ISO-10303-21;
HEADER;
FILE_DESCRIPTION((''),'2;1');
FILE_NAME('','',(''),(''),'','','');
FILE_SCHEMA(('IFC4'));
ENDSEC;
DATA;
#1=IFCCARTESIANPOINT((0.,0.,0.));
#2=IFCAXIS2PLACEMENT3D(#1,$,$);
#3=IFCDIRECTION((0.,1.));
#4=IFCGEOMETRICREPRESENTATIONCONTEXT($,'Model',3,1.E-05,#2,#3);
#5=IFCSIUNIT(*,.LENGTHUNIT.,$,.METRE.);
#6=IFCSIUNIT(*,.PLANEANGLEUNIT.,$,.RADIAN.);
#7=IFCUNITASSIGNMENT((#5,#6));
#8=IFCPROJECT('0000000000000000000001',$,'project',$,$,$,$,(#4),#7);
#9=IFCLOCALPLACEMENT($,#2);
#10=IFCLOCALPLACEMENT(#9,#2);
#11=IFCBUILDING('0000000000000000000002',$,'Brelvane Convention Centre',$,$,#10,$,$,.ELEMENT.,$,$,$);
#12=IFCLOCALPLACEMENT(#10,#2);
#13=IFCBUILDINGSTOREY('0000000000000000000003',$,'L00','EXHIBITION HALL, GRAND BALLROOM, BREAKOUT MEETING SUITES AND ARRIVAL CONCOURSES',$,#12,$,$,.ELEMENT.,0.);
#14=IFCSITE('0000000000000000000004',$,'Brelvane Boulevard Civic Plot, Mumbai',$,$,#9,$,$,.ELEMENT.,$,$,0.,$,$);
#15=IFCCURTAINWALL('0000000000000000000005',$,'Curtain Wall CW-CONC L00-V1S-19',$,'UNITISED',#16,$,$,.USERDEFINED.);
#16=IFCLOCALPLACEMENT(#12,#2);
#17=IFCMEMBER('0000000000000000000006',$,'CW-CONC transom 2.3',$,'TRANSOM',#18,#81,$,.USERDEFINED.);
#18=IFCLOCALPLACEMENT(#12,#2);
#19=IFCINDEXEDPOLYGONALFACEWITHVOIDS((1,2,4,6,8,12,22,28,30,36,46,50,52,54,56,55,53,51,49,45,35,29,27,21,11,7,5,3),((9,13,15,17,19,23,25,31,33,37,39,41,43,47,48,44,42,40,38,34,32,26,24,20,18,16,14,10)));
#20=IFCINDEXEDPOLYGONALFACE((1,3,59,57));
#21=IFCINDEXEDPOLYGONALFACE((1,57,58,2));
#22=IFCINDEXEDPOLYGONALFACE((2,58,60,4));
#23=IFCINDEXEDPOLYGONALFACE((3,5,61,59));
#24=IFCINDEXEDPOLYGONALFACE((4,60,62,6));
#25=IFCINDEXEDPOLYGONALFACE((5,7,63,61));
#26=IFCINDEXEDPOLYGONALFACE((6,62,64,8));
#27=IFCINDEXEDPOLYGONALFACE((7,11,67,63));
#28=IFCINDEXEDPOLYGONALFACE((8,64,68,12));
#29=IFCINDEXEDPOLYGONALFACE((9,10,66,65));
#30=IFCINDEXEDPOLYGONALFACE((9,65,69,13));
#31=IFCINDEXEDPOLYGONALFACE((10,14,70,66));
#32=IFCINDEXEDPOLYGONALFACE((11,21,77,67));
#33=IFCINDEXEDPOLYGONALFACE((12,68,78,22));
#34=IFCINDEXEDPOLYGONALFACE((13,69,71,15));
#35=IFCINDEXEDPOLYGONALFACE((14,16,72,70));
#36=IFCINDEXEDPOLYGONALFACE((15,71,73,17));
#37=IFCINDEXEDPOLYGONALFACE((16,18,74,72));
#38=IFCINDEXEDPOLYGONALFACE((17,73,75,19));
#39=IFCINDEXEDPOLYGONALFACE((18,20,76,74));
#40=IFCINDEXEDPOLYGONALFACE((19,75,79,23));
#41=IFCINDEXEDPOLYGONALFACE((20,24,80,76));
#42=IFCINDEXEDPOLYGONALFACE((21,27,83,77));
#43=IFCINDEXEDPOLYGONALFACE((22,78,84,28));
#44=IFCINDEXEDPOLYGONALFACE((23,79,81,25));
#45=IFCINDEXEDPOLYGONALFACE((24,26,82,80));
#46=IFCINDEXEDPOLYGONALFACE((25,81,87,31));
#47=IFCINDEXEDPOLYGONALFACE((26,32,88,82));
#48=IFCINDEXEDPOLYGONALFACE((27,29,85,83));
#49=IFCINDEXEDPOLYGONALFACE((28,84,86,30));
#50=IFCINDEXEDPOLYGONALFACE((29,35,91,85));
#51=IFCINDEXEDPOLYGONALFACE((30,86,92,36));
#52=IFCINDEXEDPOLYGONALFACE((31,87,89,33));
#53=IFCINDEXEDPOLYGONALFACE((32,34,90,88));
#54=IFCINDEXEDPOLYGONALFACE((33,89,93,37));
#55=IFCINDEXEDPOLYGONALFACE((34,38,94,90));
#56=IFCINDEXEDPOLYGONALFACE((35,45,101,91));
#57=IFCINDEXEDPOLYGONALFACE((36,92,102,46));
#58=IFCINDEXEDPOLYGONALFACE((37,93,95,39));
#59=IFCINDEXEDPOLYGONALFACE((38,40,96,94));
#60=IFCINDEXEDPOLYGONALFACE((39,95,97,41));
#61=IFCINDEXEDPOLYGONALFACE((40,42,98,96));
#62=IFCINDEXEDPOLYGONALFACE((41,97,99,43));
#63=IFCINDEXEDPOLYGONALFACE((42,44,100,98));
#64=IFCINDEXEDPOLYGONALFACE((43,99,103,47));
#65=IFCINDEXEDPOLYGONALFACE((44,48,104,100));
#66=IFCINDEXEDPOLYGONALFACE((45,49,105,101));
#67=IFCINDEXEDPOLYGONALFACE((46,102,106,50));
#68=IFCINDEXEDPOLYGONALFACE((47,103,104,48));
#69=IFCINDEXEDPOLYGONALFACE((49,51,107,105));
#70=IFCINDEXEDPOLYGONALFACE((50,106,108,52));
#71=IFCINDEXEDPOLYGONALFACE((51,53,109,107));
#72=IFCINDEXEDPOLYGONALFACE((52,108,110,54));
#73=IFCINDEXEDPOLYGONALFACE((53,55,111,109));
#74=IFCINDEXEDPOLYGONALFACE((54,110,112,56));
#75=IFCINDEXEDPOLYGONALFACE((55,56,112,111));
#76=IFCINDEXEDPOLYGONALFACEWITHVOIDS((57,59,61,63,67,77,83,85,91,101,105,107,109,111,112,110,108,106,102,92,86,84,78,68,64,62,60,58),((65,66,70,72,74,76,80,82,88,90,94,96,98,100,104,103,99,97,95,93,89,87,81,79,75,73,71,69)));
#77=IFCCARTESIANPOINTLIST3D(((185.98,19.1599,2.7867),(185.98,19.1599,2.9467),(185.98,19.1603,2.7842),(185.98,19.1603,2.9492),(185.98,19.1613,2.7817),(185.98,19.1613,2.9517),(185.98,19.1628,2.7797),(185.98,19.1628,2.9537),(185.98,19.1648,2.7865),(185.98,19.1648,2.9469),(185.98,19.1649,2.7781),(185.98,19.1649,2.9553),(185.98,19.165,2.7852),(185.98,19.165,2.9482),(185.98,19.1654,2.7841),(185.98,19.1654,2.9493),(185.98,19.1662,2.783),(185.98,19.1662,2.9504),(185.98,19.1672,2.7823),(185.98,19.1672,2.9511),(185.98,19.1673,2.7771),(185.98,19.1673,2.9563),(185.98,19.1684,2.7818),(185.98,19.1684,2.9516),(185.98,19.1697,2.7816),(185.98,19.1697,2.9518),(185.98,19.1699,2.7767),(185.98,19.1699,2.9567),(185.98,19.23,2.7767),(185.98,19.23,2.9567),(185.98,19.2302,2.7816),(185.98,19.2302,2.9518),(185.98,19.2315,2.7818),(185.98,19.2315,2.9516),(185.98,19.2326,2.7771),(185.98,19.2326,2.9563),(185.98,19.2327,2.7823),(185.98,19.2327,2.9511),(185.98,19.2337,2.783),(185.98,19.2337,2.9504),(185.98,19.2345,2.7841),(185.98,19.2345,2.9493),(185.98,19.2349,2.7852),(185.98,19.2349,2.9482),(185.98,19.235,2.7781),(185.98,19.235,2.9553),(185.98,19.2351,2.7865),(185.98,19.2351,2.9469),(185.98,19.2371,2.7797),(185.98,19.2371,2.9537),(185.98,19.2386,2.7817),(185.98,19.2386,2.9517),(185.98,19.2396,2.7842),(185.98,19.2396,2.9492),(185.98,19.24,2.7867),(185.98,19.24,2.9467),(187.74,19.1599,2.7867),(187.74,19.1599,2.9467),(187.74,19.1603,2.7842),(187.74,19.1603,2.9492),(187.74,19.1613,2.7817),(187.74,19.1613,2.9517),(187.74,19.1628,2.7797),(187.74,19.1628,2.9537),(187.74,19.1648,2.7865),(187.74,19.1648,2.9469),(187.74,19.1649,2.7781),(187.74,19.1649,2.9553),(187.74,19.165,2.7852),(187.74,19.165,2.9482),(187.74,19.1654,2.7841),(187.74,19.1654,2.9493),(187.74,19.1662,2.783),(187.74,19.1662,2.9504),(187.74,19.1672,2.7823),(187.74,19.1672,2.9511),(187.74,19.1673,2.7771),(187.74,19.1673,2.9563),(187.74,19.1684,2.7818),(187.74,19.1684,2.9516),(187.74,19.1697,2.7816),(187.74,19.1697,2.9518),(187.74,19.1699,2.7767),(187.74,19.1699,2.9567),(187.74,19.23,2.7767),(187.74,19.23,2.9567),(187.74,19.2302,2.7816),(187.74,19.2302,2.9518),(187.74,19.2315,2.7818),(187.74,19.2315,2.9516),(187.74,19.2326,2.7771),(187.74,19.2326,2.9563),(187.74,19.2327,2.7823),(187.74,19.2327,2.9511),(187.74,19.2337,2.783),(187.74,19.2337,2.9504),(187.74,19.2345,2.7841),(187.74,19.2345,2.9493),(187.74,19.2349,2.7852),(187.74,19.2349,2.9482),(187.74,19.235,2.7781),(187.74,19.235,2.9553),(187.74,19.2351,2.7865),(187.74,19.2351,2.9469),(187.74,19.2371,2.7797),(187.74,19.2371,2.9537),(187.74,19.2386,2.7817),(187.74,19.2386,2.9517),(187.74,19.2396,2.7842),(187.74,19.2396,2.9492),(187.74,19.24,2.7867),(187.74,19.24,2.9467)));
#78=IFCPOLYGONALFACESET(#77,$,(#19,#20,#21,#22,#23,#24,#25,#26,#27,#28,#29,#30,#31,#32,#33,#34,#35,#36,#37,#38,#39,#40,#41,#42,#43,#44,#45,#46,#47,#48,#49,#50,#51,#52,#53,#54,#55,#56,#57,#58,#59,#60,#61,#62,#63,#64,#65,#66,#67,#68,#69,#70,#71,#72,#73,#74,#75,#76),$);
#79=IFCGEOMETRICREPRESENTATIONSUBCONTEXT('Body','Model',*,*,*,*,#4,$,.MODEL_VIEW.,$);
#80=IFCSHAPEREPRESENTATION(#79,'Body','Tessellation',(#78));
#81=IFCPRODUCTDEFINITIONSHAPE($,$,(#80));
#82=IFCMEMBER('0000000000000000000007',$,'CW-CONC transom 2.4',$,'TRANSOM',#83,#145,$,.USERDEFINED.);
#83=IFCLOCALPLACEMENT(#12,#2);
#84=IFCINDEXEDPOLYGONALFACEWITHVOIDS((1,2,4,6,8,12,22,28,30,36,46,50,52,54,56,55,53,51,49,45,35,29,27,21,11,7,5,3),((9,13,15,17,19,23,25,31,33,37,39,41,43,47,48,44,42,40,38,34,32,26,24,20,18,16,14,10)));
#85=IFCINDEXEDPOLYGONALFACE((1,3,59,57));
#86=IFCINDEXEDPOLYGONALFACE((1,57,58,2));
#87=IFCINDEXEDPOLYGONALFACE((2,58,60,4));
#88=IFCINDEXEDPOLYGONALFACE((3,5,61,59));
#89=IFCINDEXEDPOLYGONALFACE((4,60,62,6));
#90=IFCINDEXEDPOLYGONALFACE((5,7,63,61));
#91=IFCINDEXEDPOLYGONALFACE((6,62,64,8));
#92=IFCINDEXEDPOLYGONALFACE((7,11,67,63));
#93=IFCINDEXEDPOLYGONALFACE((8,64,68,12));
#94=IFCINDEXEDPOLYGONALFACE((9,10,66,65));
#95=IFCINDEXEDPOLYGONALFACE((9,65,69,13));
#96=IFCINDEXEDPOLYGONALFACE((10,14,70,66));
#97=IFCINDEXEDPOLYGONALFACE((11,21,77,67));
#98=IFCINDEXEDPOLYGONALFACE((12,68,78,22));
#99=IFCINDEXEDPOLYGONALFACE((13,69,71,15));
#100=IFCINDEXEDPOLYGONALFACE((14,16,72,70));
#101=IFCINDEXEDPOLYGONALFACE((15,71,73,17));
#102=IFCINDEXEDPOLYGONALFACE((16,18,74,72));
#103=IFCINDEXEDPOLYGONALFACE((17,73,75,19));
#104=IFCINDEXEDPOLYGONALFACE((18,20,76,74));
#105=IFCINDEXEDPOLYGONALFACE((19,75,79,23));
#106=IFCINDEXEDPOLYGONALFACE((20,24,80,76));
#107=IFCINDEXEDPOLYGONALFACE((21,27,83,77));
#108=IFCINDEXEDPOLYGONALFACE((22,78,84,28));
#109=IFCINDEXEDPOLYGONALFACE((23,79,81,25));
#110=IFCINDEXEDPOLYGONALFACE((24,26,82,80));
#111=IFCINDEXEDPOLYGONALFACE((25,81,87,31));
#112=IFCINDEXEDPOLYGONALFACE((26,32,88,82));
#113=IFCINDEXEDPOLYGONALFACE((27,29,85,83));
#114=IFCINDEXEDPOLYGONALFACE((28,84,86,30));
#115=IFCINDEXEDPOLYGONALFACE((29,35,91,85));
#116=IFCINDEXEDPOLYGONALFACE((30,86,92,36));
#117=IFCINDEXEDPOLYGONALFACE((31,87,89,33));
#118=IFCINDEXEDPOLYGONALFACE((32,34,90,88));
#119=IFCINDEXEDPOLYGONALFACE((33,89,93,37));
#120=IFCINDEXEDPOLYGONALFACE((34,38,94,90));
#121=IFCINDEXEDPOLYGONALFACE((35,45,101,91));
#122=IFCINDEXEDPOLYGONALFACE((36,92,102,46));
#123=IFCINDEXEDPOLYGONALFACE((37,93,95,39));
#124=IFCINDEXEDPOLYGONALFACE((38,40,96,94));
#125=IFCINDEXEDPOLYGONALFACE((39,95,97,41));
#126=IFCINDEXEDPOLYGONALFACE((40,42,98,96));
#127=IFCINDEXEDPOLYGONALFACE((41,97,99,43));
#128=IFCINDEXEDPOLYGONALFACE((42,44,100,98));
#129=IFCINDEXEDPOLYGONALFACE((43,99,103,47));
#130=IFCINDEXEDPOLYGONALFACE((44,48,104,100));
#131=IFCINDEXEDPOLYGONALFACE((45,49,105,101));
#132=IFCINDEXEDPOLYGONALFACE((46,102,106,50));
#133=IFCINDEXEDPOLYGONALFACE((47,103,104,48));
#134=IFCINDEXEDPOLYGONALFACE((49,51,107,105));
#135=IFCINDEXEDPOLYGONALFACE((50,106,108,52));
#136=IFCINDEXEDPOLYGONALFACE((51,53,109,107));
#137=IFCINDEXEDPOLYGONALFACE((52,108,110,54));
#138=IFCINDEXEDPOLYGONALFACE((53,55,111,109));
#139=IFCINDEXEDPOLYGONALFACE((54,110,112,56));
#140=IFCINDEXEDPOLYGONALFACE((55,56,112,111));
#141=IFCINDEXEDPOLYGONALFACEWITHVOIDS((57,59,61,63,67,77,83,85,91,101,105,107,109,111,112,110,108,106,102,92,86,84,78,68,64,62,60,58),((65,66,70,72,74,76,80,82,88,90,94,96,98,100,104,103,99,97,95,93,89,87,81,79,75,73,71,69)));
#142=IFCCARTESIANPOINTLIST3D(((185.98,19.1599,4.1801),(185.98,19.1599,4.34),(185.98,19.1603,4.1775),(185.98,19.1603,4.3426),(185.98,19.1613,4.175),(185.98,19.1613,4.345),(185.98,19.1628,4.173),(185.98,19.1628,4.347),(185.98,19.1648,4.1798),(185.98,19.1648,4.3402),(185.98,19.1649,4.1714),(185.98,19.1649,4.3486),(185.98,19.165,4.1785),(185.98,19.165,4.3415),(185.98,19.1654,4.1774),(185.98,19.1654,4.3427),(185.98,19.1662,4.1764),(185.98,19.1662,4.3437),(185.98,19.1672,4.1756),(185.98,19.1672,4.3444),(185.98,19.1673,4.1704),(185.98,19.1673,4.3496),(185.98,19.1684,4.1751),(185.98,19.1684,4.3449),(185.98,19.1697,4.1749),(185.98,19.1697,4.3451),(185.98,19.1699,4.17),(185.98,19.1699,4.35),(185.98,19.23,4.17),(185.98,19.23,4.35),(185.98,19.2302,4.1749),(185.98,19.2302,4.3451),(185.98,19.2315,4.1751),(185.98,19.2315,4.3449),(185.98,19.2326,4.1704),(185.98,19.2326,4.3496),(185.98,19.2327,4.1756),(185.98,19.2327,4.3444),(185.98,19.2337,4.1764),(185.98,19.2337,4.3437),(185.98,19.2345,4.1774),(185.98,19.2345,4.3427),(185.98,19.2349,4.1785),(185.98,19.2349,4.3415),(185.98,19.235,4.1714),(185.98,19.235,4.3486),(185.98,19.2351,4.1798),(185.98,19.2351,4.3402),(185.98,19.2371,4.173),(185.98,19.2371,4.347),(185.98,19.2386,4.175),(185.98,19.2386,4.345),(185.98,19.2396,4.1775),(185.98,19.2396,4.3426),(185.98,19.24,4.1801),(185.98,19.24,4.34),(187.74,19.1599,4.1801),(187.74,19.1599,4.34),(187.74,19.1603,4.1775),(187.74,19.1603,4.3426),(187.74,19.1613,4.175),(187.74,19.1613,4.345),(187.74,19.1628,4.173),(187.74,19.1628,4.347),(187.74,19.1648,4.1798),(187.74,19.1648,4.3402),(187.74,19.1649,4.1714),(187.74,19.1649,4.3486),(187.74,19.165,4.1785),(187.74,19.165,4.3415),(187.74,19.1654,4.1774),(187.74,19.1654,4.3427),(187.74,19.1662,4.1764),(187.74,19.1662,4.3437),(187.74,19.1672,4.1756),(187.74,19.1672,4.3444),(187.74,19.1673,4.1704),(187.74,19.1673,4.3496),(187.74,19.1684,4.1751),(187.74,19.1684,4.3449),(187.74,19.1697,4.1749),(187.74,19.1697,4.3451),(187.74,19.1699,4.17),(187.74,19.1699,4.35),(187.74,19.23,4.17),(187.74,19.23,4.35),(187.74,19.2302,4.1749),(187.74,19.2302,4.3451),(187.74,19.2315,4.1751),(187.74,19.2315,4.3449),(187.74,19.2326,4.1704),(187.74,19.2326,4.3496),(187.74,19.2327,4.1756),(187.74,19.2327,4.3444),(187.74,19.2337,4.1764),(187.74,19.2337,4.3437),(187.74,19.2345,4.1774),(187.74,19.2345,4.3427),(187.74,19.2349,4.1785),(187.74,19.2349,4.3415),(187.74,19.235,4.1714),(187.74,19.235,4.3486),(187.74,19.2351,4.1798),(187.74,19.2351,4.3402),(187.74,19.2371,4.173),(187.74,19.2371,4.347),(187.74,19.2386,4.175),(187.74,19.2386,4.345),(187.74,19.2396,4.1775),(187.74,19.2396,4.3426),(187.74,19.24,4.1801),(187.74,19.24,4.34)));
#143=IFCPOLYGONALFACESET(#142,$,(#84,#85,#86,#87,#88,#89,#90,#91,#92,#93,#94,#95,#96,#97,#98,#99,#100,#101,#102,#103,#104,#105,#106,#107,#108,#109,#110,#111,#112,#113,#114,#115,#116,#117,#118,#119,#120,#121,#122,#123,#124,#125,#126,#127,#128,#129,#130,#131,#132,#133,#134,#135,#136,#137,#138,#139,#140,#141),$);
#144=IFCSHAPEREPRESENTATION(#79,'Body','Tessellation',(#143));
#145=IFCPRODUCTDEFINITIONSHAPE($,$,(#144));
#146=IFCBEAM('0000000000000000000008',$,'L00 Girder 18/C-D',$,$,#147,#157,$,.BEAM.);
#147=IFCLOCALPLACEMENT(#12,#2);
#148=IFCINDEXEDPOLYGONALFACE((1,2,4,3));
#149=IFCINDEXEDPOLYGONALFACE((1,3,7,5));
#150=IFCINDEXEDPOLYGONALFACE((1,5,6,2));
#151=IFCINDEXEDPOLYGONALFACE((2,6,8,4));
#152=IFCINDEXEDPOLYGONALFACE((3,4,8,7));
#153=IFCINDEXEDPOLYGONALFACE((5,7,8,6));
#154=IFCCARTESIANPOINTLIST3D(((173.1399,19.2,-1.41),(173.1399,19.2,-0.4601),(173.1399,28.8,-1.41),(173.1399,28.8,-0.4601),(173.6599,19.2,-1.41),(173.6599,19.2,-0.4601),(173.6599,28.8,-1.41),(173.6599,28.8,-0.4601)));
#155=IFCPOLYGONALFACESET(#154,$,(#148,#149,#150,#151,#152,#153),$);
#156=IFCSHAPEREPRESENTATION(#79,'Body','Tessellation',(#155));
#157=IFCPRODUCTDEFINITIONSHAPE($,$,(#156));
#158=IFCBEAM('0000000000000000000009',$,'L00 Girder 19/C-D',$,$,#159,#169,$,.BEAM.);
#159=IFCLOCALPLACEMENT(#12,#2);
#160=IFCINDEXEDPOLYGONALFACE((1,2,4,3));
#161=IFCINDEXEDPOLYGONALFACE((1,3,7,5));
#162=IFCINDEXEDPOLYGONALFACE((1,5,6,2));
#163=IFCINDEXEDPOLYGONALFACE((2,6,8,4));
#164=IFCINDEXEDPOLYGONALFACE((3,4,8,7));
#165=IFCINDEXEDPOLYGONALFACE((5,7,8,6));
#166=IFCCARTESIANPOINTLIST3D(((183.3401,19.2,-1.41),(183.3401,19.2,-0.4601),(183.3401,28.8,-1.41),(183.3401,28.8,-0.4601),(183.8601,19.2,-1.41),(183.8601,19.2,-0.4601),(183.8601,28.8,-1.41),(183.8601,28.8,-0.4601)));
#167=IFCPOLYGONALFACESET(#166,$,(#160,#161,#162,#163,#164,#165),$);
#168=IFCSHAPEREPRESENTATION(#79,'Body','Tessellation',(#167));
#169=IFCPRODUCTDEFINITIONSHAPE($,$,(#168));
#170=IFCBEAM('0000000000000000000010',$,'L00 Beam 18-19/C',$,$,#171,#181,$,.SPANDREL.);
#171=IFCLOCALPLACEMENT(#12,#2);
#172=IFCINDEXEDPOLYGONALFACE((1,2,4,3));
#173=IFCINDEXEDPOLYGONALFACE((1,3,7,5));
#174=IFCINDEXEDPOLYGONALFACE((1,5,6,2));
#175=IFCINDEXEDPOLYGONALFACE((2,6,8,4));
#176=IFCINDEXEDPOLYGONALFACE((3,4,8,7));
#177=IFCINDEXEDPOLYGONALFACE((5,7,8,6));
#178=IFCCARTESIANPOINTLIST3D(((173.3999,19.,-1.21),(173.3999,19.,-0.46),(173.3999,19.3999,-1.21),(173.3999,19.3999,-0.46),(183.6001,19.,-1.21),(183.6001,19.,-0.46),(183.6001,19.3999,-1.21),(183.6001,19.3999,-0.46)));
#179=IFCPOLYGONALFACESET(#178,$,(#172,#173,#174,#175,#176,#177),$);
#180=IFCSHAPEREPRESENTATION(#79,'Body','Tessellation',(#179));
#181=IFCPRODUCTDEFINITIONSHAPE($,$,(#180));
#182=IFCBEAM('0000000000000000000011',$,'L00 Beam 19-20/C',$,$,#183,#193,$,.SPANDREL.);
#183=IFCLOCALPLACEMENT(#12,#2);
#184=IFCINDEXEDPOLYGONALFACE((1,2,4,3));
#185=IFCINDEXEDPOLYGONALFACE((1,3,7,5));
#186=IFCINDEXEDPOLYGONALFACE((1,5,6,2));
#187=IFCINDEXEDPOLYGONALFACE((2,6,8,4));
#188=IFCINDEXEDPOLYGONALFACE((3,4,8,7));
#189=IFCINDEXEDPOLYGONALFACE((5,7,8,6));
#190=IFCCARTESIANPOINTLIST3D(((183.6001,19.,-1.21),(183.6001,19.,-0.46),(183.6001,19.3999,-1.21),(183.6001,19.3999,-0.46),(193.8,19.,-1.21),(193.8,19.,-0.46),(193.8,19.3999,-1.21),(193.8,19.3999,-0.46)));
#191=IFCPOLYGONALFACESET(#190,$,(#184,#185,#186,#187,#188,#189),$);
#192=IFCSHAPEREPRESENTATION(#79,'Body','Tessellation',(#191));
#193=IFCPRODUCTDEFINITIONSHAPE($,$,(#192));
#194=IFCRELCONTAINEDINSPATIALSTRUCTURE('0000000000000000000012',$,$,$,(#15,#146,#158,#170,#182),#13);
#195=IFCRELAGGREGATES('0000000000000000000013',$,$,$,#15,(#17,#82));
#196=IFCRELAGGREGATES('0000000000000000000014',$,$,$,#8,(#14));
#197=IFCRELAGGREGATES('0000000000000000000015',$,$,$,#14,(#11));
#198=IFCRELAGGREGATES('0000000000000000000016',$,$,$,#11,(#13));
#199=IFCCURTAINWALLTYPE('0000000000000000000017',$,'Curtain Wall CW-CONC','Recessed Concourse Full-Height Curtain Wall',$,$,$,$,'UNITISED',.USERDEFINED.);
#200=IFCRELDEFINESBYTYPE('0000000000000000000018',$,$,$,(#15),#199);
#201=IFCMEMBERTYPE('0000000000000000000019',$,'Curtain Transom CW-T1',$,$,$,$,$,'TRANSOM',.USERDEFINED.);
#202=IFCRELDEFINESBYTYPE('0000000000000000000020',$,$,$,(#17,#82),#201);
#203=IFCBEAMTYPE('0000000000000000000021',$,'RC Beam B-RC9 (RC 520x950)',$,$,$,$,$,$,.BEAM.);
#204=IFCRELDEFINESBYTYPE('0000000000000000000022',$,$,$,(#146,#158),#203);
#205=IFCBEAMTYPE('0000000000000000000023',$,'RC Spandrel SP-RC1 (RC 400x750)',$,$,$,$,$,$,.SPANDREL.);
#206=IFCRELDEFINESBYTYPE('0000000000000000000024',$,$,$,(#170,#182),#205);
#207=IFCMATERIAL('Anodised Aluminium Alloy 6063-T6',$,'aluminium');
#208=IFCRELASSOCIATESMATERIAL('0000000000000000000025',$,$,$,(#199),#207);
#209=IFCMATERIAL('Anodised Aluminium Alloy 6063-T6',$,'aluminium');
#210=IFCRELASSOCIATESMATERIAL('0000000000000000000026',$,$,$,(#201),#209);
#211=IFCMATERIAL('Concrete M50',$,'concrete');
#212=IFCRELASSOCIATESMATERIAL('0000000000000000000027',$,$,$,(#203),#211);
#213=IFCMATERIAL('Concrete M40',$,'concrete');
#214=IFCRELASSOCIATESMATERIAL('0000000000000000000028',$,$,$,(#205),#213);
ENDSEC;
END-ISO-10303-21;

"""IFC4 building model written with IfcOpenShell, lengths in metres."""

from ifc_helpers import new_model, si_unit, direction, frame, origin, origin_2d, place, context, subcontext, project, spatial, rectangle, hollow_rectangle, extrude, material, material_profile, profile_set, type_object, element, aggregate, save


model = new_model("IFC4")

# Units and contexts
model_context = context("Model", 3, precision=1e-05, world=origin(), true_north=direction((0.0, 1.0)))
body_context = subcontext(model_context, "Body", "Model", "MODEL_VIEW")
ifc_project = project(units=[si_unit("LENGTHUNIT", "METRE"), si_unit("PLANEANGLEUNIT", "RADIAN")], contexts=[model_context])

# Site, building, storey
site_placement = place(None, origin())
site = spatial("IfcSite", under=ifc_project, at=site_placement, Name="Brelvane Boulevard Civic Plot, Mumbai", CompositionType="ELEMENT", RefElevation=0.0)
building_placement = place(site_placement, origin())
building = spatial("IfcBuilding", under=site, at=building_placement, Name="Brelvane Convention Centre", CompositionType="ELEMENT")
storey_placement = place(building_placement, origin())
storey = spatial("IfcBuildingStorey", under=building, at=storey_placement, Name="L00", Description="EXHIBITION HALL, GRAND BALLROOM, BREAKOUT MEETING SUITES AND ARRIVAL CONCOURSES", CompositionType="ELEMENT", Elevation=0.0)

# Curtain wall, members
ifc_material_1 = material(Name="Anodised Aluminium Alloy 6063-T6", Category="aluminium")
curtain_wall_type = type_object("IfcCurtainWallType", Name="Curtain Wall CW-CONC", Description="Recessed Concourse Full-Height Curtain Wall", ElementType="UNITISED", PredefinedType="USERDEFINED", material=ifc_material_1)
curtain_wall_placement = place(storey_placement, origin())
curtain_wall = element("IfcCurtainWall", 1, at=curtain_wall_placement, inside=storey, type_object=curtain_wall_type, Name="Curtain Wall CW-CONC L00-V1S-19", ObjectType="UNITISED", PredefinedType="USERDEFINED")
ifc_material_2 = material(Name="Anodised Aluminium Alloy 6063-T6", Category="aluminium")
ifc_material_profile_1 = material_profile(ifc_material_2, hollow_rectangle(XDim=0.0801, YDim=0.1799, WallThickness=0.0049, InnerFilletRadius=0.0049, OuterFilletRadius=0.01, at=origin_2d()), Name="ALU-T 180x80x5.0")
ifc_profile_set_1 = profile_set([ifc_material_profile_1], Name="Anodised Aluminium Alloy 6063-T6")
member_type_1 = type_object("IfcMemberType", Name="Curtain Transom CW-T1", ElementType="TRANSOM", PredefinedType="USERDEFINED", material=ifc_profile_set_1)
member_1_placement = place(storey_placement, frame((185.98, 19.2, 2.8667), z_axis=(1.0, 0.0, 0.0), x_axis=(0.0, 1.0, 0.0)))
member_1 = element("IfcMember", 2, at=member_1_placement, type_object=member_type_1, Name="CW-CONC transom 2.3", ObjectType="TRANSOM", PredefinedType="USERDEFINED", context=body_context, shape_type="SweptSolid", body=[
    extrude(hollow_rectangle(XDim=0.0801, YDim=0.1799, WallThickness=0.0049, InnerFilletRadius=0.0049, OuterFilletRadius=0.01, at=origin_2d()), origin(), (0.0, 0.0, 1.0), 1.76),
])
member_2_placement = place(storey_placement, frame((185.98, 19.2, 4.26), z_axis=(1.0, 0.0, 0.0), x_axis=(0.0, 1.0, 0.0)))
member_2 = element("IfcMember", 3, at=member_2_placement, type_object=member_type_1, Name="CW-CONC transom 2.4", ObjectType="TRANSOM", PredefinedType="USERDEFINED", context=body_context, shape_type="SweptSolid", body=[
    extrude(hollow_rectangle(XDim=0.0801, YDim=0.1799, WallThickness=0.0049, InnerFilletRadius=0.0049, OuterFilletRadius=0.01, at=origin_2d()), origin(), (0.0, 0.0, 1.0), 1.76),
])

# Beams
ifc_material_3 = material(Name="Concrete M50", Category="concrete")
ifc_material_profile_2 = material_profile(ifc_material_3, rectangle(XDim=0.52, YDim=0.95, at=origin_2d()), Name="RC 520x950")
ifc_profile_set_2 = profile_set([ifc_material_profile_2], Name="Concrete M50")
beam_type_1 = type_object("IfcBeamType", Name="RC Beam B-RC9 (RC 520x950)", PredefinedType="BEAM", material=ifc_profile_set_2)
for number, where, z_axis, x_axis, name in (
    (4, (173.3999, 19.2, -0.9351), (0.0, 1.0, 0.0), (-1.0, 0.0, 0.0), "L00 Girder 18/C-D"),
    (5, (183.6001, 19.2, -0.9351), (0.0, 1.0, 0.0), (-1.0, 0.0, 0.0), "L00 Girder 19/C-D"),
):
    element("IfcBeam", number, at=place(storey_placement, frame(where, z_axis=z_axis, x_axis=x_axis)), inside=storey, type_object=beam_type_1, Name=name, PredefinedType="BEAM", context=body_context, shape_type="SweptSolid", body=[
        extrude(rectangle(XDim=0.52, YDim=0.95, at=origin_2d()), origin(), (0.0, 0.0, 1.0), 9.6001),
    ])
ifc_material_4 = material(Name="Concrete M40", Category="concrete")
ifc_material_profile_3 = material_profile(ifc_material_4, rectangle(XDim=0.3999, YDim=0.75, at=origin_2d()), Name="RC 400x750")
ifc_profile_set_3 = profile_set([ifc_material_profile_3], Name="Concrete M40")
beam_type_2 = type_object("IfcBeamType", Name="RC Spandrel SP-RC1 (RC 400x750)", PredefinedType="SPANDREL", material=ifc_profile_set_3)
beam_1_placement = place(storey_placement, frame((173.3999, 19.2, -0.835), z_axis=(1.0, 0.0, 0.0), x_axis=(0.0, 1.0, 0.0)))
element("IfcBeam", 6, at=beam_1_placement, inside=storey, type_object=beam_type_2, Name="L00 Beam 18-19/C", PredefinedType="SPANDREL", context=body_context, shape_type="SweptSolid", body=[
    extrude(rectangle(XDim=0.3999, YDim=0.75, at=origin_2d()), origin(), (0.0, 0.0, 1.0), 10.2002),
])
beam_2_placement = place(storey_placement, frame((183.6001, 19.2, -0.835), z_axis=(1.0, 0.0, 0.0), x_axis=(0.0, 1.0, 0.0)))
element("IfcBeam", 7, at=beam_2_placement, inside=storey, type_object=beam_type_2, Name="L00 Beam 19-20/C", PredefinedType="SPANDREL", context=body_context, shape_type="SweptSolid", body=[
    extrude(rectangle(XDim=0.3999, YDim=0.75, at=origin_2d()), origin(), (0.0, 0.0, 1.0), 10.2),
])

aggregate(curtain_wall, [member_1, member_2])

save(model, "model.ifc")
